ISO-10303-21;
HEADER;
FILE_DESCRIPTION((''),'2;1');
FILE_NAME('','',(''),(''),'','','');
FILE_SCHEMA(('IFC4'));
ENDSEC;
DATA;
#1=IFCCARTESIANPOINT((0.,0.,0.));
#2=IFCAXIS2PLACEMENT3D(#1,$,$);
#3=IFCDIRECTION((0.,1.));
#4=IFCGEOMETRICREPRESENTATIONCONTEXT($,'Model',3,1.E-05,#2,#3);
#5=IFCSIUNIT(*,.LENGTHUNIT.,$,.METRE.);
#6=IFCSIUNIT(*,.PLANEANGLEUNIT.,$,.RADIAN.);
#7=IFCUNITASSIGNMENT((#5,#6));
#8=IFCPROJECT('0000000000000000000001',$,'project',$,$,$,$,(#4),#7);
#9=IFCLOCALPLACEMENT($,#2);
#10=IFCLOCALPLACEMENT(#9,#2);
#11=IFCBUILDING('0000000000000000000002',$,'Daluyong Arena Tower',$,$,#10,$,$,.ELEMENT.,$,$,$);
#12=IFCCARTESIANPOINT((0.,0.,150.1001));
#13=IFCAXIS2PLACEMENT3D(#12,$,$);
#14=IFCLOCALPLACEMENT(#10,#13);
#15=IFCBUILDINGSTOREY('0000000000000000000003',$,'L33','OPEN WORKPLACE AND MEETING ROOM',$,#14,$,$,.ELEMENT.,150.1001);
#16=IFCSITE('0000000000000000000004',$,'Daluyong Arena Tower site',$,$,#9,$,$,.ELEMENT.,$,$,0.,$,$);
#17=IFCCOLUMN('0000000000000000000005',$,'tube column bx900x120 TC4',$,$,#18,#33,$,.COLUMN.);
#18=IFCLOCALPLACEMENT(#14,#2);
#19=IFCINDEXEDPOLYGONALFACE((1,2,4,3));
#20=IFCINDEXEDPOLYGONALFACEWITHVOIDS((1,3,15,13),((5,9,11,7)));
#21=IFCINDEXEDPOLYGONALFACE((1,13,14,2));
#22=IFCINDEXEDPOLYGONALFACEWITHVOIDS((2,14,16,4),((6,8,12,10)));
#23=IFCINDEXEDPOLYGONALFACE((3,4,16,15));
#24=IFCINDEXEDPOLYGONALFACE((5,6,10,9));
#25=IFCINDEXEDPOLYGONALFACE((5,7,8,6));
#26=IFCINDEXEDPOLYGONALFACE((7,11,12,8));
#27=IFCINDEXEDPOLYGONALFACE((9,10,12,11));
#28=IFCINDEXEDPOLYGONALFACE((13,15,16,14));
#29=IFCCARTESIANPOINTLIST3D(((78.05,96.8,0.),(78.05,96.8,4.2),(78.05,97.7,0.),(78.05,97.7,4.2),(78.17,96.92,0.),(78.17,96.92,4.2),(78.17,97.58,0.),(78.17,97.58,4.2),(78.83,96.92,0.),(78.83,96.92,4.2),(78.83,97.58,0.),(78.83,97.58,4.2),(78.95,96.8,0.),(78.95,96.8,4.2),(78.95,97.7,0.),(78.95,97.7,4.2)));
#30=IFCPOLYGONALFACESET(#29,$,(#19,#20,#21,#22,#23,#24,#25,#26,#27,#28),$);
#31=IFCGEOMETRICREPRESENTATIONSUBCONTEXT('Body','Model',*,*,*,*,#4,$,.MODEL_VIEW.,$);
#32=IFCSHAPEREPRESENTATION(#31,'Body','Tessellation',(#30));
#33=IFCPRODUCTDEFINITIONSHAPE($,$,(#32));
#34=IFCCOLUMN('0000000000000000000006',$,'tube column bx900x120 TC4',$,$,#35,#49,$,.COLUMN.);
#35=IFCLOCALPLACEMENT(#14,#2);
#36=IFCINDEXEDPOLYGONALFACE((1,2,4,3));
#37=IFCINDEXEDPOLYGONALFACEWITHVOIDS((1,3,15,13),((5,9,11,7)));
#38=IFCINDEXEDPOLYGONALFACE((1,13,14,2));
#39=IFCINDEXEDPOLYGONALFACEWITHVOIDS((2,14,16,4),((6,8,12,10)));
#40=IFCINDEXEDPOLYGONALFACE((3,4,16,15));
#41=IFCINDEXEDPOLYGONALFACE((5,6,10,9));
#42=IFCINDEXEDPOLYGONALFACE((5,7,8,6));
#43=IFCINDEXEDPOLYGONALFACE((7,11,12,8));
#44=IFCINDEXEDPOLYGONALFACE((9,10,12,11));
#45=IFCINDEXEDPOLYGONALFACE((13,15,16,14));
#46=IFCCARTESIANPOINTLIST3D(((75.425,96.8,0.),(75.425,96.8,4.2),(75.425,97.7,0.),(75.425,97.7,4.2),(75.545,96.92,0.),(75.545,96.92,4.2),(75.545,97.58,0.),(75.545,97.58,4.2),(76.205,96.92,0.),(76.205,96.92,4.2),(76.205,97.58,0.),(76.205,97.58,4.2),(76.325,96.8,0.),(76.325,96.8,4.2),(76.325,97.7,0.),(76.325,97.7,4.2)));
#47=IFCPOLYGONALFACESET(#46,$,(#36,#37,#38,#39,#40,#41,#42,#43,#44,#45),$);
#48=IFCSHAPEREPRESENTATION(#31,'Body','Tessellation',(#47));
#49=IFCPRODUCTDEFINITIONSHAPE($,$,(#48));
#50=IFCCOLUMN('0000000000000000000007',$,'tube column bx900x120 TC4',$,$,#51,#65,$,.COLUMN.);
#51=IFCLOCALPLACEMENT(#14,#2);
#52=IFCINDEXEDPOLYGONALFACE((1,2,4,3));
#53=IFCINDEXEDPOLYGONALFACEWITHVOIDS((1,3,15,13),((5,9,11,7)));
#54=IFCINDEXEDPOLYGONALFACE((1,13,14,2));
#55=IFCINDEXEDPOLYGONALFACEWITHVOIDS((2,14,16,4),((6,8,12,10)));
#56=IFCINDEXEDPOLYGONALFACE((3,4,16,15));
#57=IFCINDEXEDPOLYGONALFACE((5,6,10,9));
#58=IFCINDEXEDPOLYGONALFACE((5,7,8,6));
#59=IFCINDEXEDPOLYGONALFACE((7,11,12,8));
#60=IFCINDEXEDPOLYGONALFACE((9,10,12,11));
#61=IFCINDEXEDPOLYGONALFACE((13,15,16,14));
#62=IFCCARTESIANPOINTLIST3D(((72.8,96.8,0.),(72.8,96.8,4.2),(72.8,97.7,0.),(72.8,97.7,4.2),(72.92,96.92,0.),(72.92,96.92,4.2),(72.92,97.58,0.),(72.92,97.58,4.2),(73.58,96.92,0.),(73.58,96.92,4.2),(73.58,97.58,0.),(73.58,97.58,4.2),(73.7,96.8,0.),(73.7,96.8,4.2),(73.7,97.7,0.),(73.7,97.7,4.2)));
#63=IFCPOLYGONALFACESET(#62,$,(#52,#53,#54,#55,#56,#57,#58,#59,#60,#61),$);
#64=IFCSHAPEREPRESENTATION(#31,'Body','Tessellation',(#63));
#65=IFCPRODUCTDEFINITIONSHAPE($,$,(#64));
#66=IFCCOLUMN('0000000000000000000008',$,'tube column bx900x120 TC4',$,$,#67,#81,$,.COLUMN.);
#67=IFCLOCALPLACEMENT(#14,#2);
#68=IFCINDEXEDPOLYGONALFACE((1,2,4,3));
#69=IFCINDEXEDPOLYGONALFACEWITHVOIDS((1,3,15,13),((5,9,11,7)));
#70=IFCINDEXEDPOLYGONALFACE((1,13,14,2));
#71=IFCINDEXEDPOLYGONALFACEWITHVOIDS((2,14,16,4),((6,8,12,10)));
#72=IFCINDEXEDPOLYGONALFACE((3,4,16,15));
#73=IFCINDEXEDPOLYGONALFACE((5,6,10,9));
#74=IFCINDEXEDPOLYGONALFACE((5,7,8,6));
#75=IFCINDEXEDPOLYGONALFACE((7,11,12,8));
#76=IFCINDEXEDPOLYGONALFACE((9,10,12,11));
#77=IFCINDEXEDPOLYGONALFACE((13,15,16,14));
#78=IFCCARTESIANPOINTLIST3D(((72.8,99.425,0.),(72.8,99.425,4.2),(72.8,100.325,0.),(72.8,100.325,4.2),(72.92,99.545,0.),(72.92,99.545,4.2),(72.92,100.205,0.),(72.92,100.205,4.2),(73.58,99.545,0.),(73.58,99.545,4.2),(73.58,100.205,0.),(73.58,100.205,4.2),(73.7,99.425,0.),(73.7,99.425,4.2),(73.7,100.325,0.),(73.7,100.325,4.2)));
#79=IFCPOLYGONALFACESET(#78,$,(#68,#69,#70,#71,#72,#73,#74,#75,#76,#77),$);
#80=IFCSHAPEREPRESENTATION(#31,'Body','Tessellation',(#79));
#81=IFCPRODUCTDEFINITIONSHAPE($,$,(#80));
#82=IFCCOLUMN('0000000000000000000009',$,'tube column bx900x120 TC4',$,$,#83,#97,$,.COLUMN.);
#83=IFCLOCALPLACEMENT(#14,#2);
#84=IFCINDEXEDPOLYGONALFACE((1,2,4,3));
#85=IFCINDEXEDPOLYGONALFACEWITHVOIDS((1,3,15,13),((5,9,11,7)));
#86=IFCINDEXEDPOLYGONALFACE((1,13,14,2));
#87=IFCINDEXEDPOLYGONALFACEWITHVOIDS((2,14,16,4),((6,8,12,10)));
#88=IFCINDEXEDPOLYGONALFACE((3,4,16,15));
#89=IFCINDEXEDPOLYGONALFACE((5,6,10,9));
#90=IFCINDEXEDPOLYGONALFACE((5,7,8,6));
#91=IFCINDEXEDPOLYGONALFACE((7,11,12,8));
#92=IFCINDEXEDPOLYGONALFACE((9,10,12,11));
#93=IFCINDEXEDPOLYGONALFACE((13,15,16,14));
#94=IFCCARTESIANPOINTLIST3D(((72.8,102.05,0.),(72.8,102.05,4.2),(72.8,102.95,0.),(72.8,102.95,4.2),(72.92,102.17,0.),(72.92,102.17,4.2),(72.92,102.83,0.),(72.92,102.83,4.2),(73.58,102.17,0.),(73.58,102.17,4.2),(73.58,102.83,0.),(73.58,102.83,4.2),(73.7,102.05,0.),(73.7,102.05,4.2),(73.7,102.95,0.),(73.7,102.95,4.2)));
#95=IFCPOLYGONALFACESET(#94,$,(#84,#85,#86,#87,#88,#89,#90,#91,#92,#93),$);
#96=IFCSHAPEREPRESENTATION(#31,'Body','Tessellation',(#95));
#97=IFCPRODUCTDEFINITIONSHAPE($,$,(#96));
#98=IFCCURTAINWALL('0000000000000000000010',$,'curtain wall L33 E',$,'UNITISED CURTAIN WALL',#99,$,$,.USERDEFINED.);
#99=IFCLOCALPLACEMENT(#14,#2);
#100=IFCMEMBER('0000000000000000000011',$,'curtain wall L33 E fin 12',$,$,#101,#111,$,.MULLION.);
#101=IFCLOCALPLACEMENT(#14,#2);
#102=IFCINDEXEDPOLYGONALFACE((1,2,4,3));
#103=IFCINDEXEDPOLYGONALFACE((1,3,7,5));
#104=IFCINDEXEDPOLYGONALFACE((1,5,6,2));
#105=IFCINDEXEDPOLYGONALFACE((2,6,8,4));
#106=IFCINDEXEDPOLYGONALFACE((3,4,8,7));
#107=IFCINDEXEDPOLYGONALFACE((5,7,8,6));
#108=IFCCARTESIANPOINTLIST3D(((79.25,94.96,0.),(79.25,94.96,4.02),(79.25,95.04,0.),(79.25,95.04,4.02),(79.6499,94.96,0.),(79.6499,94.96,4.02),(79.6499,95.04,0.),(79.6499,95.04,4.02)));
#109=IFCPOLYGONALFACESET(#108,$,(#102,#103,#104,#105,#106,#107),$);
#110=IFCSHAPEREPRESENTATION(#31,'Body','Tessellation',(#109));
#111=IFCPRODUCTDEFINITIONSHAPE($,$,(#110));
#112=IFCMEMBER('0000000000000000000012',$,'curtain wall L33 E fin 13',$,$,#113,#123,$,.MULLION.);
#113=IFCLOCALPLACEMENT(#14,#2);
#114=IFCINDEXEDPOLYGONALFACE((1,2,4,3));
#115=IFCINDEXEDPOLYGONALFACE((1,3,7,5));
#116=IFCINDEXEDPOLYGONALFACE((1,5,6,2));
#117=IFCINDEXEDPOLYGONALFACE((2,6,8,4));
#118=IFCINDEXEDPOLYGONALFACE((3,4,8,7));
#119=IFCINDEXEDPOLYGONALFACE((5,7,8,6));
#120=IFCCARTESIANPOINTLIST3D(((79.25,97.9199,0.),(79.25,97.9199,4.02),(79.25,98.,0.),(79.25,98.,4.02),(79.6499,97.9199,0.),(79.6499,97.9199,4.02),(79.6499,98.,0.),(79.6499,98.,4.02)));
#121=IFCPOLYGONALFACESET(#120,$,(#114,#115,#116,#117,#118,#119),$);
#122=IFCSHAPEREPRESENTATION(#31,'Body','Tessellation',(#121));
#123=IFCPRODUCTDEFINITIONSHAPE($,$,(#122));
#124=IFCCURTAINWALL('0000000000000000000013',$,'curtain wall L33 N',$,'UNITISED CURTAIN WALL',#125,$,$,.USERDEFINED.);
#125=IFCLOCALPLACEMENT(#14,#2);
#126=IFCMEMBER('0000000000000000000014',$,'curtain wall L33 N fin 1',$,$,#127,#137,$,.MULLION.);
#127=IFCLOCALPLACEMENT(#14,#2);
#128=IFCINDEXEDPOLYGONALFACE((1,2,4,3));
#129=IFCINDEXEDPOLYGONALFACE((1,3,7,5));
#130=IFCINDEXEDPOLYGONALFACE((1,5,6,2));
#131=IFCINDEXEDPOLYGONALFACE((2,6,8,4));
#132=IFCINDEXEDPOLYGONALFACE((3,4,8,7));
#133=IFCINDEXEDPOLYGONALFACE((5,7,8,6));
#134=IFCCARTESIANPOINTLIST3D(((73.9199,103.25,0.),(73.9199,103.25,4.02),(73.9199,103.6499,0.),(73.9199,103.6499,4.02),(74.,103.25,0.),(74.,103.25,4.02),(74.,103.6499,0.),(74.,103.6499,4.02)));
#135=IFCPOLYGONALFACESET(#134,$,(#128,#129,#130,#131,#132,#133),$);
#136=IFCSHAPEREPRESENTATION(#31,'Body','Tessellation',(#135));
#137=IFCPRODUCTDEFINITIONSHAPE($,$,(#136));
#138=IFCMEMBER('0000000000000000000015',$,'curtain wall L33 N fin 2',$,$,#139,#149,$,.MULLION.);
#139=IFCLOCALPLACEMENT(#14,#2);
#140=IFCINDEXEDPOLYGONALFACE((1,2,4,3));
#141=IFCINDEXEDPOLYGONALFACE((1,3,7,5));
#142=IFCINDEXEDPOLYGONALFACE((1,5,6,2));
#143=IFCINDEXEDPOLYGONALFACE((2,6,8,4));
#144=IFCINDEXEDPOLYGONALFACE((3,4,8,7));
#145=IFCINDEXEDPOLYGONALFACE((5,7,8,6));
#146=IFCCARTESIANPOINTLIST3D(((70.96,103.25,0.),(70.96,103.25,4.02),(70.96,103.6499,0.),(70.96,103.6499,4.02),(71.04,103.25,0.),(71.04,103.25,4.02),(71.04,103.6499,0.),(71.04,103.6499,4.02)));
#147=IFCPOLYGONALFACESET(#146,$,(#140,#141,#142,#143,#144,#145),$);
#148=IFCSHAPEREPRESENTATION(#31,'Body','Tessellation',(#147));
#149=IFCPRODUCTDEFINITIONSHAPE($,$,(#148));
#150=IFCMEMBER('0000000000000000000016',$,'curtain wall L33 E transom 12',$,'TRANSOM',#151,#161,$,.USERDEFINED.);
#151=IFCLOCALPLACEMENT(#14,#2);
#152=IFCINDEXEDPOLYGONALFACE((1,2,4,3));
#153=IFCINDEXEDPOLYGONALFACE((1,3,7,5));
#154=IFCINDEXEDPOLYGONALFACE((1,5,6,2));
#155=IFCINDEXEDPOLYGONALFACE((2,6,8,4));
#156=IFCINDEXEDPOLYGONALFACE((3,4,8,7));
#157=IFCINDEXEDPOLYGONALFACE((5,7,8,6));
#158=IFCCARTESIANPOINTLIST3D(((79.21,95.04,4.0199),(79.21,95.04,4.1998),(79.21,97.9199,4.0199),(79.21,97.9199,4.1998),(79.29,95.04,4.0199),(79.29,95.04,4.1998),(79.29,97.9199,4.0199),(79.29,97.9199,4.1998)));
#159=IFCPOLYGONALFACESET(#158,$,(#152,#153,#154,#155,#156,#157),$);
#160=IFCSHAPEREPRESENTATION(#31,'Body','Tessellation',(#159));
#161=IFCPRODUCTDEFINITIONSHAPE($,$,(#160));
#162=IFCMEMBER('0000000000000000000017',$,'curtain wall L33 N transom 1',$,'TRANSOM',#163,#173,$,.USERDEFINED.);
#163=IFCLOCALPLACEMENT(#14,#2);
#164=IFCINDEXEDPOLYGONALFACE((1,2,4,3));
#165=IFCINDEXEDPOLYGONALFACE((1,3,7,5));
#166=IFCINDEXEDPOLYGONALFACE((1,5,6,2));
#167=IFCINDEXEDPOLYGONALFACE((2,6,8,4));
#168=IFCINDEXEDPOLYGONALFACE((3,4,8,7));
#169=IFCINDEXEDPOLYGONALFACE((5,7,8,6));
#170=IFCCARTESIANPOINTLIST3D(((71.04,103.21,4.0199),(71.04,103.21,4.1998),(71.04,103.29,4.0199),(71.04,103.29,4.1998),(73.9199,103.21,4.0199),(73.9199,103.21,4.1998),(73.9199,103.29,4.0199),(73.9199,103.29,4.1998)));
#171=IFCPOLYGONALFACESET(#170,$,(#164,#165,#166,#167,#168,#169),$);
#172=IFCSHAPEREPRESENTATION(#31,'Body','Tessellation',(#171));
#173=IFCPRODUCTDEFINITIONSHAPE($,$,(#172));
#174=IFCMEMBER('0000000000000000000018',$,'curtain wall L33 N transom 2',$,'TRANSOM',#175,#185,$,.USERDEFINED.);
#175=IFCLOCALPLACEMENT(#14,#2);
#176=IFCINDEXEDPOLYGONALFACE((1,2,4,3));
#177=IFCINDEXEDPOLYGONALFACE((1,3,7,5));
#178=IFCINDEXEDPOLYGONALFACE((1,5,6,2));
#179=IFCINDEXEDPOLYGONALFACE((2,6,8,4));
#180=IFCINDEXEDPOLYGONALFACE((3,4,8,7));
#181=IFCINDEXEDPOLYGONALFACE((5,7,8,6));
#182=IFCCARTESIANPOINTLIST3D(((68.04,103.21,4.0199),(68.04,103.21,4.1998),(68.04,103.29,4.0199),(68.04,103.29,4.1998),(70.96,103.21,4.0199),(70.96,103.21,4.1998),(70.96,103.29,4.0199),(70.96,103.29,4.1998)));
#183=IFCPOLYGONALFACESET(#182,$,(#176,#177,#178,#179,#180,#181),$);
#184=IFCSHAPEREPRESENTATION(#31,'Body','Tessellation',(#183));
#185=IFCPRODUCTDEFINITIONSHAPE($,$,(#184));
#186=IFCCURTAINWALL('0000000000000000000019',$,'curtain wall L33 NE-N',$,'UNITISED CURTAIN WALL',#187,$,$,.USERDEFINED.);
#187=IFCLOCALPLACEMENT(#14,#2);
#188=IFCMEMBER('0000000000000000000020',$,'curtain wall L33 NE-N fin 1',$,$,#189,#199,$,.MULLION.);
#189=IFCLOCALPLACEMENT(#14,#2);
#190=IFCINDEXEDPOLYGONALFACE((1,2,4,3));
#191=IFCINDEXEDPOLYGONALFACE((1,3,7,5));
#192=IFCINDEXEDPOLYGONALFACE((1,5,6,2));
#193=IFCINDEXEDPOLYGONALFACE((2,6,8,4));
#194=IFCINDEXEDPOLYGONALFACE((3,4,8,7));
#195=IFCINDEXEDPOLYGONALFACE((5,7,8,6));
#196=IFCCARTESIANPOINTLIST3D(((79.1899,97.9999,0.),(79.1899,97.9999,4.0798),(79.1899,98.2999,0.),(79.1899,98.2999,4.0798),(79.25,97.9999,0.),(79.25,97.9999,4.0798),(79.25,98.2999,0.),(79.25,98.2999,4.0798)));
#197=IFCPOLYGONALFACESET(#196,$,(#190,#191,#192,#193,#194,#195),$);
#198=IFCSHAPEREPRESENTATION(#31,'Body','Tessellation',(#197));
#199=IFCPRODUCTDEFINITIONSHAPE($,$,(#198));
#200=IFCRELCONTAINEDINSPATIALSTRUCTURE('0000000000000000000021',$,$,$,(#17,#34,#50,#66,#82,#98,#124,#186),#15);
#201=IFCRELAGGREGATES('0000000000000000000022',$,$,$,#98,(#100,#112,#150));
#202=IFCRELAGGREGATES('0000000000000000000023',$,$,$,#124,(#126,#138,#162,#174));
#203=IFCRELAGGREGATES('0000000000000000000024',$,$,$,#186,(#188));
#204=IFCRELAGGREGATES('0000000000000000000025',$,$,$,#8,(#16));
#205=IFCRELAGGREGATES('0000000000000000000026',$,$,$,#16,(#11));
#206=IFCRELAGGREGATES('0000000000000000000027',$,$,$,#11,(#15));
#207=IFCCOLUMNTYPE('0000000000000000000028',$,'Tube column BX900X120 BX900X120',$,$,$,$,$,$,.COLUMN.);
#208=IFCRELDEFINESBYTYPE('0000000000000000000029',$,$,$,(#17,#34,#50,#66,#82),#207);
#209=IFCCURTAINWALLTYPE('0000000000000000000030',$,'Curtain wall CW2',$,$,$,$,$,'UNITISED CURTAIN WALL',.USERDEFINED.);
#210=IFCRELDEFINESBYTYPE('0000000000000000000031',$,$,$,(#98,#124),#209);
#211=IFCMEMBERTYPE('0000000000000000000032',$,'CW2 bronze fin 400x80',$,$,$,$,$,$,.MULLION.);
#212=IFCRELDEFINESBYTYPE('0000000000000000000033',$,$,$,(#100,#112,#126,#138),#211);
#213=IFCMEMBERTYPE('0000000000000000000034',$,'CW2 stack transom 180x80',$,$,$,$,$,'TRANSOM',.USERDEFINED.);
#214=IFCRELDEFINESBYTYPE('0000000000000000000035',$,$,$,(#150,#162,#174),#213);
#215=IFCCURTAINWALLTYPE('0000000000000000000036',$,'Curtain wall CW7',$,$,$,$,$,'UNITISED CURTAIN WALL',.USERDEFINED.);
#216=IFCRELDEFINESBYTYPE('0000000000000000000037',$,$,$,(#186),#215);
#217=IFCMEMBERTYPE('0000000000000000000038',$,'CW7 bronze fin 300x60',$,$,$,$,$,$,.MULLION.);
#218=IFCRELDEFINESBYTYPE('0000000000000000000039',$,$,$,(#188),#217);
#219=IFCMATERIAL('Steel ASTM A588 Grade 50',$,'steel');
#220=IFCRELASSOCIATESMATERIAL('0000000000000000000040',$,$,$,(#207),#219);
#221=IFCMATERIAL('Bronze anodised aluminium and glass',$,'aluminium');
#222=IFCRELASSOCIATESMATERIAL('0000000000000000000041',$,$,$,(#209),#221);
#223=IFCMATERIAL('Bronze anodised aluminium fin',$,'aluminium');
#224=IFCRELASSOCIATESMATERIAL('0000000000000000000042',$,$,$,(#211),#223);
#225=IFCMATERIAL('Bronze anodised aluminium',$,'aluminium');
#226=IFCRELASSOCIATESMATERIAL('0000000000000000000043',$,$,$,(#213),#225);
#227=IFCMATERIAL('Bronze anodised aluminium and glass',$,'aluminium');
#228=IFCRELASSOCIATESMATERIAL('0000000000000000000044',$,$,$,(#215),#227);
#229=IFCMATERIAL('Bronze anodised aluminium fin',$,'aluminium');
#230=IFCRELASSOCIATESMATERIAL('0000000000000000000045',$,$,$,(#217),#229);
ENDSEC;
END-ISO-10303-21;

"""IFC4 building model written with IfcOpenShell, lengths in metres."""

from ifc_helpers import new_model, si_unit, direction, frame, origin, origin_2d, place, context, subcontext, project, spatial, rectangle, hollow_rectangle, extrude, material, material_profile, profile_set, type_object, element, aggregate, save


model = new_model("IFC4")

# Units and contexts
model_context = context("Model", 3, precision=1e-05, world=origin(), true_north=direction((0.0, 1.0)))
body_context = subcontext(model_context, "Body", "Model", "MODEL_VIEW")
ifc_project = project(units=[si_unit("LENGTHUNIT", "METRE"), si_unit("PLANEANGLEUNIT", "RADIAN")], contexts=[model_context])

# Site, building, storey
site_placement = place(None, origin())
site = spatial("IfcSite", under=ifc_project, at=site_placement, Name="Daluyong Arena Tower site", CompositionType="ELEMENT", RefElevation=0.0)
building_placement = place(site_placement, origin())
building = spatial("IfcBuilding", under=site, at=building_placement, Name="Daluyong Arena Tower", CompositionType="ELEMENT")
storey_placement = place(building_placement, frame((0.0, 0.0, 150.1001)))
storey = spatial("IfcBuildingStorey", under=building, at=storey_placement, Name="L33", Description="OPEN WORKPLACE AND MEETING ROOM", CompositionType="ELEMENT", Elevation=150.1001)

# Columns
ifc_material_1 = material(Name="Steel ASTM A588 Grade 50", Category="steel")
ifc_material_profile_1 = material_profile(ifc_material_1, hollow_rectangle(XDim=0.8999, YDim=0.8999, WallThickness=0.12, at=origin_2d()))
ifc_profile_set_1 = profile_set([ifc_material_profile_1], Name="Steel ASTM A588 Grade 50")
column_type = type_object("IfcColumnType", Name="Tube column BX900X120 BX900X120", PredefinedType="COLUMN", material=ifc_profile_set_1)
for number, where, z_axis, x_axis, name in (
    (1, (78.5, 97.25, 0.0), (0.0, 0.0, 1.0), (1.0, 0.0, 0.0), "tube column bx900x120 TC4"),
    (2, (75.875, 97.25, 0.0), (0.0, 0.0, 1.0), (1.0, 0.0, 0.0), "tube column bx900x120 TC4"),
    (3, (73.25, 97.25, 0.0), (0.0, 0.0, 1.0), (0.0, 1.0, 0.0), "tube column bx900x120 TC4"),
    (4, (73.25, 99.875, 0.0), (0.0, 0.0, 1.0), (0.0, 1.0, 0.0), "tube column bx900x120 TC4"),
    (5, (73.25, 102.5, 0.0), (0.0, 0.0, 1.0), (1.0, 0.0, 0.0), "tube column bx900x120 TC4"),
):
    element("IfcColumn", number, at=place(storey_placement, frame(where, z_axis=z_axis, x_axis=x_axis)), inside=storey, type_object=column_type, Name=name, PredefinedType="COLUMN", context=body_context, shape_type="SweptSolid", body=[
        extrude(hollow_rectangle(XDim=0.8999, YDim=0.8999, WallThickness=0.12, at=origin_2d()), origin(), (0.0, 0.0, 1.0), 4.2),
    ])

# Curtain walls, members
ifc_material_2 = material(Name="Bronze anodised aluminium and glass", Category="aluminium")
curtain_wall_type_1 = type_object("IfcCurtainWallType", Name="Curtain wall CW2", ElementType="UNITISED CURTAIN WALL", PredefinedType="USERDEFINED", material=ifc_material_2)
curtain_wall_1_placement = place(storey_placement, origin())
curtain_wall_1 = element("IfcCurtainWall", 6, at=curtain_wall_1_placement, inside=storey, type_object=curtain_wall_type_1, Name="curtain wall L33 E", ObjectType="UNITISED CURTAIN WALL", PredefinedType="USERDEFINED")
ifc_material_3 = material(Name="Bronze anodised aluminium fin", Category="aluminium")
ifc_material_profile_2 = material_profile(ifc_material_3, rectangle(XDim=0.3999, YDim=0.0801, at=origin_2d()))
ifc_profile_set_2 = profile_set([ifc_material_profile_2], Name="Bronze anodised aluminium fin")
member_type_1 = type_object("IfcMemberType", Name="CW2 bronze fin 400x80", PredefinedType="MULLION", material=ifc_profile_set_2)
member_1_placement = place(storey_placement, frame((79.45, 95.0, 0.0), z_axis=(0.0, 0.0, 1.0), x_axis=(-1.0, 0.0, 0.0)))
member_1 = element("IfcMember", 7, at=member_1_placement, type_object=member_type_1, Name="curtain wall L33 E fin 12", PredefinedType="MULLION", context=body_context, shape_type="SweptSolid", body=[
    extrude(rectangle(XDim=0.3999, YDim=0.0801, at=origin_2d()), origin(), (0.0, 0.0, 1.0), 4.02),
])
member_2_placement = place(storey_placement, frame((79.45, 97.96, 0.0), z_axis=(0.0, 0.0, 1.0), x_axis=(-1.0, 0.0, 0.0)))
member_2 = element("IfcMember", 8, at=member_2_placement, type_object=member_type_1, Name="curtain wall L33 E fin 13", PredefinedType="MULLION", context=body_context, shape_type="SweptSolid", body=[
    extrude(rectangle(XDim=0.3999, YDim=0.0801, at=origin_2d()), origin(), (0.0, 0.0, 1.0), 4.02),
])
curtain_wall_2_placement = place(storey_placement, origin())
curtain_wall_2 = element("IfcCurtainWall", 9, at=curtain_wall_2_placement, inside=storey, type_object=curtain_wall_type_1, Name="curtain wall L33 N", ObjectType="UNITISED CURTAIN WALL", PredefinedType="USERDEFINED")
member_3_placement = place(storey_placement, frame((73.96, 103.45, 0.0), z_axis=(0.0, 0.0, 1.0), x_axis=(0.0, -1.0, 0.0)))
member_3 = element("IfcMember", 10, at=member_3_placement, type_object=member_type_1, Name="curtain wall L33 N fin 1", PredefinedType="MULLION", context=body_context, shape_type="SweptSolid", body=[
    extrude(rectangle(XDim=0.3999, YDim=0.0801, at=origin_2d()), origin(), (0.0, 0.0, 1.0), 4.02),
])
member_4_placement = place(storey_placement, frame((71.0, 103.45, 0.0), z_axis=(0.0, 0.0, 1.0), x_axis=(0.0, -1.0, 0.0)))
member_4 = element("IfcMember", 11, at=member_4_placement, type_object=member_type_1, Name="curtain wall L33 N fin 2", PredefinedType="MULLION", context=body_context, shape_type="SweptSolid", body=[
    extrude(rectangle(XDim=0.3999, YDim=0.0801, at=origin_2d()), origin(), (0.0, 0.0, 1.0), 4.02),
])

# Members
ifc_material_4 = material(Name="Bronze anodised aluminium", Category="aluminium")
ifc_material_profile_3 = material_profile(ifc_material_4, rectangle(XDim=0.0801, YDim=0.1799, at=origin_2d()))
ifc_profile_set_3 = profile_set([ifc_material_profile_3], Name="Bronze anodised aluminium")
member_type_2 = type_object("IfcMemberType", Name="CW2 stack transom 180x80", ElementType="TRANSOM", PredefinedType="USERDEFINED", material=ifc_profile_set_3)
member_5_placement = place(storey_placement, frame((79.25, 95.04, 4.1099), z_axis=(0.0, 1.0, 0.0), x_axis=(-1.0, 0.0, 0.0)))
member_5 = element("IfcMember", 12, at=member_5_placement, type_object=member_type_2, Name="curtain wall L33 E transom 12", ObjectType="TRANSOM", PredefinedType="USERDEFINED", context=body_context, shape_type="SweptSolid", body=[
    extrude(rectangle(XDim=0.0801, YDim=0.1799, at=origin_2d()), origin(), (0.0, 0.0, 1.0), 2.8799),
])
member_6_placement = place(storey_placement, frame((73.9199, 103.25, 4.1099), z_axis=(-1.0, 0.0, 0.0), x_axis=(0.0, -1.0, 0.0)))
member_6 = element("IfcMember", 13, at=member_6_placement, type_object=member_type_2, Name="curtain wall L33 N transom 1", ObjectType="TRANSOM", PredefinedType="USERDEFINED", context=body_context, shape_type="SweptSolid", body=[
    extrude(rectangle(XDim=0.0801, YDim=0.1799, at=origin_2d()), origin(), (0.0, 0.0, 1.0), 2.8799),
])
member_7_placement = place(storey_placement, frame((70.96, 103.25, 4.1099), z_axis=(-1.0, 0.0, 0.0), x_axis=(0.0, -1.0, 0.0)))
member_7 = element("IfcMember", 14, at=member_7_placement, type_object=member_type_2, Name="curtain wall L33 N transom 2", ObjectType="TRANSOM", PredefinedType="USERDEFINED", context=body_context, shape_type="SweptSolid", body=[
    extrude(rectangle(XDim=0.0801, YDim=0.1799, at=origin_2d()), origin(), (0.0, 0.0, 1.0), 2.9199),
])

# Curtain wall, member
ifc_material_5 = material(Name="Bronze anodised aluminium and glass", Category="aluminium")
curtain_wall_type_2 = type_object("IfcCurtainWallType", Name="Curtain wall CW7", ElementType="UNITISED CURTAIN WALL", PredefinedType="USERDEFINED", material=ifc_material_5)
curtain_wall_3_placement = place(storey_placement, origin())
curtain_wall_3 = element("IfcCurtainWall", 15, at=curtain_wall_3_placement, inside=storey, type_object=curtain_wall_type_2, Name="curtain wall L33 NE-N", ObjectType="UNITISED CURTAIN WALL", PredefinedType="USERDEFINED")
ifc_material_6 = material(Name="Bronze anodised aluminium fin", Category="aluminium")
ifc_material_profile_4 = material_profile(ifc_material_6, rectangle(XDim=0.3, YDim=0.0601, at=origin_2d()))
ifc_profile_set_4 = profile_set([ifc_material_profile_4], Name="Bronze anodised aluminium fin")
member_type_3 = type_object("IfcMemberType", Name="CW7 bronze fin 300x60", PredefinedType="MULLION", material=ifc_profile_set_4)
member_8_placement = place(storey_placement, frame((79.22, 98.1499, 0.0), z_axis=(0.0, 0.0, 1.0), x_axis=(0.0, -1.0, 0.0)))
member_8 = element("IfcMember", 16, at=member_8_placement, type_object=member_type_3, Name="curtain wall L33 NE-N fin 1", PredefinedType="MULLION", context=body_context, shape_type="SweptSolid", body=[
    extrude(rectangle(XDim=0.3, YDim=0.0601, at=origin_2d()), origin(), (0.0, 0.0, 1.0), 4.0798),
])

aggregate(curtain_wall_1, [member_1, member_2, member_5])
aggregate(curtain_wall_2, [member_3, member_4, member_6, member_7])
aggregate(curtain_wall_3, [member_8])

save(model, "model.ifc")
